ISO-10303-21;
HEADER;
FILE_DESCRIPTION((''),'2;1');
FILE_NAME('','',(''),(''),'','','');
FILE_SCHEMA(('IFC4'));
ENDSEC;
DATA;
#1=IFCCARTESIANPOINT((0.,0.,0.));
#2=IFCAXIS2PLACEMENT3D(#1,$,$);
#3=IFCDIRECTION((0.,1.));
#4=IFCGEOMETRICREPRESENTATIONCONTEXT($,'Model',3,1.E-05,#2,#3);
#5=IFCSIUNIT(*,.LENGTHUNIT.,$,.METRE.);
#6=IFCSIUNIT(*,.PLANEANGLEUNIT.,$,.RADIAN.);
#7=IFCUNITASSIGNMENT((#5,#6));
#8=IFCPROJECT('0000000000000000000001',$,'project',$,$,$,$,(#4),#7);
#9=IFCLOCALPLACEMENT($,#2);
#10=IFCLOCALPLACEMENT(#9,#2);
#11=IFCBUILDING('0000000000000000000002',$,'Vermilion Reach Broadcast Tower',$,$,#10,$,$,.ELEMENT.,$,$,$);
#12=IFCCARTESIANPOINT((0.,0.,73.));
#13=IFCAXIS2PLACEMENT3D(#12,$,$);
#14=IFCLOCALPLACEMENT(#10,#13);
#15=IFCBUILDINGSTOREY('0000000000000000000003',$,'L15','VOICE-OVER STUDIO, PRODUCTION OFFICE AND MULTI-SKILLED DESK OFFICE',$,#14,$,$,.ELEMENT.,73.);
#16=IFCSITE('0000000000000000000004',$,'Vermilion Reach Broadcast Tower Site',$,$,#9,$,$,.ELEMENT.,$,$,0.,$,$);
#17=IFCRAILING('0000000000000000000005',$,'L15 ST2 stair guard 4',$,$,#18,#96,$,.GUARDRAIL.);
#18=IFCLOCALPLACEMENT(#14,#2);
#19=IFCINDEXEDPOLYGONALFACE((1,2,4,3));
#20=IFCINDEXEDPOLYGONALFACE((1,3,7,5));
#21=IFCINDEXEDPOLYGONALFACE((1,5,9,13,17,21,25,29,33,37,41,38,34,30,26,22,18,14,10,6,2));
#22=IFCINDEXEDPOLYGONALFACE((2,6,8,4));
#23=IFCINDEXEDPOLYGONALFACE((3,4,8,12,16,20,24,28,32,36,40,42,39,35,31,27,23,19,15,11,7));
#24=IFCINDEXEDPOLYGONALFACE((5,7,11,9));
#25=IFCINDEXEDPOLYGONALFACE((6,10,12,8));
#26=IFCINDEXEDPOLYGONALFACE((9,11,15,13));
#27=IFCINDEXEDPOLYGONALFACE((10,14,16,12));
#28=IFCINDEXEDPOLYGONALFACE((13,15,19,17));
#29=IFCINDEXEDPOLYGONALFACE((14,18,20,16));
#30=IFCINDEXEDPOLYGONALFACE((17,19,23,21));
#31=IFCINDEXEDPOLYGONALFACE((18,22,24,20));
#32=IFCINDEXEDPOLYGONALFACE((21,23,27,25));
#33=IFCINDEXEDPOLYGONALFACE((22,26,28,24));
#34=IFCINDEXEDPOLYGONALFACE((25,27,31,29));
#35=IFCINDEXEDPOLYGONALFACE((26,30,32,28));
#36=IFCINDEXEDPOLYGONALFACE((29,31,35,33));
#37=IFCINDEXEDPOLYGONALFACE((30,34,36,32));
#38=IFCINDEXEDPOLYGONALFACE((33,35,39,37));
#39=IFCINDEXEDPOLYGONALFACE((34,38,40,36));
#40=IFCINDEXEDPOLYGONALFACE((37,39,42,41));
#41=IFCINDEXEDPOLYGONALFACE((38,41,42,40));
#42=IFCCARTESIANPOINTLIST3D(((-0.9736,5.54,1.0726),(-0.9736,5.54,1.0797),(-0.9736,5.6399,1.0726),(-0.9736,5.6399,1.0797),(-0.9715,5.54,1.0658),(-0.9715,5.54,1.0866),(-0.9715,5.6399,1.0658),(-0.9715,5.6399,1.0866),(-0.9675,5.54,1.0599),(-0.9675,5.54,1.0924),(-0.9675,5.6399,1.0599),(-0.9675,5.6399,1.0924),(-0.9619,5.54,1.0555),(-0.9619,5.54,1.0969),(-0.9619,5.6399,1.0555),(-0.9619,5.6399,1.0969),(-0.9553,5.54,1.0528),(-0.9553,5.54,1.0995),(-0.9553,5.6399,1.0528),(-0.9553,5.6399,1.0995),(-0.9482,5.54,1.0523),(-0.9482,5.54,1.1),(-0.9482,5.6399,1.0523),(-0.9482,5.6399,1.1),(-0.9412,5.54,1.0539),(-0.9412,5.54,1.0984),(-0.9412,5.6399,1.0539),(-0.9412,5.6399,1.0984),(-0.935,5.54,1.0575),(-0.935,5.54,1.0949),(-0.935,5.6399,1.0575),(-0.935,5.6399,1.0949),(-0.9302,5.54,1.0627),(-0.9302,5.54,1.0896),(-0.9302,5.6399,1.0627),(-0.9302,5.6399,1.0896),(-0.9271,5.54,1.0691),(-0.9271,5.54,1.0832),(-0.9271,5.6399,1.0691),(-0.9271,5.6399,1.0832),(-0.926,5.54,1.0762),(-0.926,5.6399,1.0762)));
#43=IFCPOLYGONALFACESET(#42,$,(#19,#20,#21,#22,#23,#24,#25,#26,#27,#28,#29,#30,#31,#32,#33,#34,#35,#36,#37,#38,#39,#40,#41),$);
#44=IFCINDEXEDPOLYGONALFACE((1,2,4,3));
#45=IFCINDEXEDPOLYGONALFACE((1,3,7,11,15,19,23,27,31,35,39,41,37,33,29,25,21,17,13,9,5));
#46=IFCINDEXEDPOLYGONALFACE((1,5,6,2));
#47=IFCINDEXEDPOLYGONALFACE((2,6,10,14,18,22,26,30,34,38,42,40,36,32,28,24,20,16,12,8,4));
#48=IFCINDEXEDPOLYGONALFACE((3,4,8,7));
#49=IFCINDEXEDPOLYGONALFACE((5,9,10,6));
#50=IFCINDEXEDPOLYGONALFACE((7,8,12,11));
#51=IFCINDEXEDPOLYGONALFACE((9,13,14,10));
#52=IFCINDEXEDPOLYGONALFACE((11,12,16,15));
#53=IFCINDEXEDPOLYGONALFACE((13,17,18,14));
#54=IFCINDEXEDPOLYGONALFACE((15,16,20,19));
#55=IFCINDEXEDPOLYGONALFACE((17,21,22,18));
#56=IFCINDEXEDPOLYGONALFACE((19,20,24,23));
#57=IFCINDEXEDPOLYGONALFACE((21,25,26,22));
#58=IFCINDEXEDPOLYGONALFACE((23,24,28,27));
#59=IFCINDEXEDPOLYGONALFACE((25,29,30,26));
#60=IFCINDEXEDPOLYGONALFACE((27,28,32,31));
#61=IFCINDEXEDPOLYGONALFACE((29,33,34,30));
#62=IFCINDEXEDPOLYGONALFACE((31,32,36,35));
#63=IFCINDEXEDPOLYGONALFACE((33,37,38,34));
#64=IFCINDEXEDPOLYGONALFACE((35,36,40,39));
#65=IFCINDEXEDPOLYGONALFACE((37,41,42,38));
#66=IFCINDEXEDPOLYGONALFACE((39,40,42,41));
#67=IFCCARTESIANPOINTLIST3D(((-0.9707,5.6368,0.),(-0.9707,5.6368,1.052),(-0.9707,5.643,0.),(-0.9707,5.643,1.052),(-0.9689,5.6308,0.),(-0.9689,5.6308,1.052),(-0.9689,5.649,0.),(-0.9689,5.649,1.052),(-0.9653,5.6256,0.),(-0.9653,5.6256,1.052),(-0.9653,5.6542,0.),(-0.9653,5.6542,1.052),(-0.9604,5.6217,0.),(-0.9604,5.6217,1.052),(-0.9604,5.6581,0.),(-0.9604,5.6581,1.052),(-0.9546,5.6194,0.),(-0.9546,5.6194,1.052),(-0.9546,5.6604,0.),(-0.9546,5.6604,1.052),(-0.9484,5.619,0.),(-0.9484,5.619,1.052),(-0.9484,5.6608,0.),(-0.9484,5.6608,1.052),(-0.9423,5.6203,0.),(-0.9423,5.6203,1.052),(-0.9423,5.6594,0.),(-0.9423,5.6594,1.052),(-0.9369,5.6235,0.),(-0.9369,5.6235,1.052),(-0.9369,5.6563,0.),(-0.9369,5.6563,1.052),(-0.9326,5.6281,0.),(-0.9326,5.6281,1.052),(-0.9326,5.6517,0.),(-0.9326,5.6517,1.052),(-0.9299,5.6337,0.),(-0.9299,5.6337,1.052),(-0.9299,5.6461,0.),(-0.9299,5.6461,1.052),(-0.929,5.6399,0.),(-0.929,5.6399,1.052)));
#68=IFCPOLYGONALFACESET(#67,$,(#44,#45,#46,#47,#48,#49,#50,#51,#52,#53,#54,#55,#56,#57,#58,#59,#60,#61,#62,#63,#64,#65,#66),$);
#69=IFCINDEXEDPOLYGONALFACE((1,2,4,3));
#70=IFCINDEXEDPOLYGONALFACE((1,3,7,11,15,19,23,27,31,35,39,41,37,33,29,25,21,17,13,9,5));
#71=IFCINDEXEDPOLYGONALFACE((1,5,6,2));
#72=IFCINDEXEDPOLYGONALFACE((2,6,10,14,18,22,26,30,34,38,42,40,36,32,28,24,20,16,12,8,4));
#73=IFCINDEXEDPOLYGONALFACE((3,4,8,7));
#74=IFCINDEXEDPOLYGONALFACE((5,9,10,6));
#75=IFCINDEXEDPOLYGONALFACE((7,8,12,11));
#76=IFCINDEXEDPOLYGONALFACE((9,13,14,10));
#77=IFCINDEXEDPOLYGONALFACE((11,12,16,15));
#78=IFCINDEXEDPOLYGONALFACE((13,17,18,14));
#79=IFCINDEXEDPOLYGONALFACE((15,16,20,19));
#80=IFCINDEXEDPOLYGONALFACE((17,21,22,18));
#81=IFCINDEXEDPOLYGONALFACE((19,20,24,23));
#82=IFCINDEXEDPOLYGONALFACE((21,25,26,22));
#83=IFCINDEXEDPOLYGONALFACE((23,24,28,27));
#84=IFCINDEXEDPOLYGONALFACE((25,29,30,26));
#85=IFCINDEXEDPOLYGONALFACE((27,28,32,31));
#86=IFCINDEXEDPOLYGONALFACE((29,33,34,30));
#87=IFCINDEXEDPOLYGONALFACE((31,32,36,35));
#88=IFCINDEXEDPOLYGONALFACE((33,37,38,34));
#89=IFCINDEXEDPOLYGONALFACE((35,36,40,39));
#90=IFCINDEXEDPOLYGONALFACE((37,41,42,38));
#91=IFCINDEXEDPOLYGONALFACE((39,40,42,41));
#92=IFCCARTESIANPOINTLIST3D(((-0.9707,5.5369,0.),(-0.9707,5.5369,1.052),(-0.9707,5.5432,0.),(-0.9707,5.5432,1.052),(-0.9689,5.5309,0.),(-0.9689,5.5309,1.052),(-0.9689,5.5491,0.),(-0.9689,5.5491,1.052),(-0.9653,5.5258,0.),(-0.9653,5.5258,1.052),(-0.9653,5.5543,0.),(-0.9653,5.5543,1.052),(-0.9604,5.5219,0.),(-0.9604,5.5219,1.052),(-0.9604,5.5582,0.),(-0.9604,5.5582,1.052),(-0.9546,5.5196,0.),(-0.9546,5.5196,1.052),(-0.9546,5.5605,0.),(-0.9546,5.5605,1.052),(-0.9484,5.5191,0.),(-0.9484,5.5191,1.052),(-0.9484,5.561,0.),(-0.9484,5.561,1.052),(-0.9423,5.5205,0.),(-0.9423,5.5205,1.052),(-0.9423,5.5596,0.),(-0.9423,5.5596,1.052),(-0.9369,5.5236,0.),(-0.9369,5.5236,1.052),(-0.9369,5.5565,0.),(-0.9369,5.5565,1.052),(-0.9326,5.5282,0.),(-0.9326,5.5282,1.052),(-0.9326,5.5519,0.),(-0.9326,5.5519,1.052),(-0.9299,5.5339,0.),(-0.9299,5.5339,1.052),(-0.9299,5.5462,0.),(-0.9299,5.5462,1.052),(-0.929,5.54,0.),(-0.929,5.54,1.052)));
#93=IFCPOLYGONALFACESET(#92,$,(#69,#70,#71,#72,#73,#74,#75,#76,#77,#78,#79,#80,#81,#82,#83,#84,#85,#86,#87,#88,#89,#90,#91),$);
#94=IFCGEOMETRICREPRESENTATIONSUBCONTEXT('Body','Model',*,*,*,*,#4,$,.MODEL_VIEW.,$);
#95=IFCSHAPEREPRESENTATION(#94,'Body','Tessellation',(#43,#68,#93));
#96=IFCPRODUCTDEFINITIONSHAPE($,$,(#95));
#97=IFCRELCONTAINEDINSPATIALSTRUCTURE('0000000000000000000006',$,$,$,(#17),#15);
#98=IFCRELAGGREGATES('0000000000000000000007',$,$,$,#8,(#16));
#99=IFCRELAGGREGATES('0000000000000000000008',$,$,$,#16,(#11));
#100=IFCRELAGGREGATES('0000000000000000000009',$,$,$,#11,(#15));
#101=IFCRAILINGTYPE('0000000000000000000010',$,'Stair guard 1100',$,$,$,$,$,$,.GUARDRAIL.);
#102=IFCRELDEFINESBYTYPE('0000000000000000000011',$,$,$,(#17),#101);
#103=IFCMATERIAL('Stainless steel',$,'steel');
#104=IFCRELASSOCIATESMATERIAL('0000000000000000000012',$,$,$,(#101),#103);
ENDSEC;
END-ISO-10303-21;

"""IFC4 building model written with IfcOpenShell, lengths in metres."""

from ifc_helpers import new_model, si_unit, direction, frame, origin, origin_2d, place, context, subcontext, project, spatial, circle, extrude, material, type_object, element, save


model = new_model("IFC4")

# Units and contexts
model_context = context("Model", 3, precision=1e-05, world=origin(), true_north=direction((0.0, 1.0)))
body_context = subcontext(model_context, "Body", "Model", "MODEL_VIEW")
ifc_project = project(units=[si_unit("LENGTHUNIT", "METRE"), si_unit("PLANEANGLEUNIT", "RADIAN")], contexts=[model_context])

# Site, building, storey
site_placement = place(None, origin())
site = spatial("IfcSite", under=ifc_project, at=site_placement, Name="Vermilion Reach Broadcast Tower Site", CompositionType="ELEMENT", RefElevation=0.0)
building_placement = place(site_placement, origin())
building = spatial("IfcBuilding", under=site, at=building_placement, Name="Vermilion Reach Broadcast Tower", CompositionType="ELEMENT")
storey_placement = place(building_placement, frame((0.0, 0.0, 73.0)))
storey = spatial("IfcBuildingStorey", under=building, at=storey_placement, Name="L15", Description="VOICE-OVER STUDIO, PRODUCTION OFFICE AND MULTI-SKILLED DESK OFFICE", CompositionType="ELEMENT", Elevation=73.0)

# Railing
ifc_material_1 = material(Name="Stainless steel", Category="steel")
railing_type_1 = type_object("IfcRailingType", Name="Stair guard 1100", PredefinedType="GUARDRAIL", material=ifc_material_1)
railing_1_placement = place(storey_placement, frame((-0.95, 5.6399, 0.0)))
element("IfcRailing", 1, at=railing_1_placement, inside=storey, type_object=railing_type_1, Name="L15 ST2 stair guard 4", PredefinedType="GUARDRAIL", context=body_context, shape_type="SweptSolid", body=[
    extrude(circle(Radius=0.0239, at=origin_2d()), frame((0.0, 0.0, 1.0762), z_axis=(0.0, -1.0, 0.0), x_axis=(1.0, 0.0, 0.0)), (0.0, 0.0, 1.0), 0.0999),
    extrude(circle(Radius=0.021, at=origin_2d()), origin(), (0.0, 0.0, 1.0), 1.052),
    extrude(circle(Radius=0.021, at=origin_2d()), frame((0.0, -0.0999, 0.0)), (0.0, 0.0, 1.0), 1.052),
])

save(model, "model.ifc")
